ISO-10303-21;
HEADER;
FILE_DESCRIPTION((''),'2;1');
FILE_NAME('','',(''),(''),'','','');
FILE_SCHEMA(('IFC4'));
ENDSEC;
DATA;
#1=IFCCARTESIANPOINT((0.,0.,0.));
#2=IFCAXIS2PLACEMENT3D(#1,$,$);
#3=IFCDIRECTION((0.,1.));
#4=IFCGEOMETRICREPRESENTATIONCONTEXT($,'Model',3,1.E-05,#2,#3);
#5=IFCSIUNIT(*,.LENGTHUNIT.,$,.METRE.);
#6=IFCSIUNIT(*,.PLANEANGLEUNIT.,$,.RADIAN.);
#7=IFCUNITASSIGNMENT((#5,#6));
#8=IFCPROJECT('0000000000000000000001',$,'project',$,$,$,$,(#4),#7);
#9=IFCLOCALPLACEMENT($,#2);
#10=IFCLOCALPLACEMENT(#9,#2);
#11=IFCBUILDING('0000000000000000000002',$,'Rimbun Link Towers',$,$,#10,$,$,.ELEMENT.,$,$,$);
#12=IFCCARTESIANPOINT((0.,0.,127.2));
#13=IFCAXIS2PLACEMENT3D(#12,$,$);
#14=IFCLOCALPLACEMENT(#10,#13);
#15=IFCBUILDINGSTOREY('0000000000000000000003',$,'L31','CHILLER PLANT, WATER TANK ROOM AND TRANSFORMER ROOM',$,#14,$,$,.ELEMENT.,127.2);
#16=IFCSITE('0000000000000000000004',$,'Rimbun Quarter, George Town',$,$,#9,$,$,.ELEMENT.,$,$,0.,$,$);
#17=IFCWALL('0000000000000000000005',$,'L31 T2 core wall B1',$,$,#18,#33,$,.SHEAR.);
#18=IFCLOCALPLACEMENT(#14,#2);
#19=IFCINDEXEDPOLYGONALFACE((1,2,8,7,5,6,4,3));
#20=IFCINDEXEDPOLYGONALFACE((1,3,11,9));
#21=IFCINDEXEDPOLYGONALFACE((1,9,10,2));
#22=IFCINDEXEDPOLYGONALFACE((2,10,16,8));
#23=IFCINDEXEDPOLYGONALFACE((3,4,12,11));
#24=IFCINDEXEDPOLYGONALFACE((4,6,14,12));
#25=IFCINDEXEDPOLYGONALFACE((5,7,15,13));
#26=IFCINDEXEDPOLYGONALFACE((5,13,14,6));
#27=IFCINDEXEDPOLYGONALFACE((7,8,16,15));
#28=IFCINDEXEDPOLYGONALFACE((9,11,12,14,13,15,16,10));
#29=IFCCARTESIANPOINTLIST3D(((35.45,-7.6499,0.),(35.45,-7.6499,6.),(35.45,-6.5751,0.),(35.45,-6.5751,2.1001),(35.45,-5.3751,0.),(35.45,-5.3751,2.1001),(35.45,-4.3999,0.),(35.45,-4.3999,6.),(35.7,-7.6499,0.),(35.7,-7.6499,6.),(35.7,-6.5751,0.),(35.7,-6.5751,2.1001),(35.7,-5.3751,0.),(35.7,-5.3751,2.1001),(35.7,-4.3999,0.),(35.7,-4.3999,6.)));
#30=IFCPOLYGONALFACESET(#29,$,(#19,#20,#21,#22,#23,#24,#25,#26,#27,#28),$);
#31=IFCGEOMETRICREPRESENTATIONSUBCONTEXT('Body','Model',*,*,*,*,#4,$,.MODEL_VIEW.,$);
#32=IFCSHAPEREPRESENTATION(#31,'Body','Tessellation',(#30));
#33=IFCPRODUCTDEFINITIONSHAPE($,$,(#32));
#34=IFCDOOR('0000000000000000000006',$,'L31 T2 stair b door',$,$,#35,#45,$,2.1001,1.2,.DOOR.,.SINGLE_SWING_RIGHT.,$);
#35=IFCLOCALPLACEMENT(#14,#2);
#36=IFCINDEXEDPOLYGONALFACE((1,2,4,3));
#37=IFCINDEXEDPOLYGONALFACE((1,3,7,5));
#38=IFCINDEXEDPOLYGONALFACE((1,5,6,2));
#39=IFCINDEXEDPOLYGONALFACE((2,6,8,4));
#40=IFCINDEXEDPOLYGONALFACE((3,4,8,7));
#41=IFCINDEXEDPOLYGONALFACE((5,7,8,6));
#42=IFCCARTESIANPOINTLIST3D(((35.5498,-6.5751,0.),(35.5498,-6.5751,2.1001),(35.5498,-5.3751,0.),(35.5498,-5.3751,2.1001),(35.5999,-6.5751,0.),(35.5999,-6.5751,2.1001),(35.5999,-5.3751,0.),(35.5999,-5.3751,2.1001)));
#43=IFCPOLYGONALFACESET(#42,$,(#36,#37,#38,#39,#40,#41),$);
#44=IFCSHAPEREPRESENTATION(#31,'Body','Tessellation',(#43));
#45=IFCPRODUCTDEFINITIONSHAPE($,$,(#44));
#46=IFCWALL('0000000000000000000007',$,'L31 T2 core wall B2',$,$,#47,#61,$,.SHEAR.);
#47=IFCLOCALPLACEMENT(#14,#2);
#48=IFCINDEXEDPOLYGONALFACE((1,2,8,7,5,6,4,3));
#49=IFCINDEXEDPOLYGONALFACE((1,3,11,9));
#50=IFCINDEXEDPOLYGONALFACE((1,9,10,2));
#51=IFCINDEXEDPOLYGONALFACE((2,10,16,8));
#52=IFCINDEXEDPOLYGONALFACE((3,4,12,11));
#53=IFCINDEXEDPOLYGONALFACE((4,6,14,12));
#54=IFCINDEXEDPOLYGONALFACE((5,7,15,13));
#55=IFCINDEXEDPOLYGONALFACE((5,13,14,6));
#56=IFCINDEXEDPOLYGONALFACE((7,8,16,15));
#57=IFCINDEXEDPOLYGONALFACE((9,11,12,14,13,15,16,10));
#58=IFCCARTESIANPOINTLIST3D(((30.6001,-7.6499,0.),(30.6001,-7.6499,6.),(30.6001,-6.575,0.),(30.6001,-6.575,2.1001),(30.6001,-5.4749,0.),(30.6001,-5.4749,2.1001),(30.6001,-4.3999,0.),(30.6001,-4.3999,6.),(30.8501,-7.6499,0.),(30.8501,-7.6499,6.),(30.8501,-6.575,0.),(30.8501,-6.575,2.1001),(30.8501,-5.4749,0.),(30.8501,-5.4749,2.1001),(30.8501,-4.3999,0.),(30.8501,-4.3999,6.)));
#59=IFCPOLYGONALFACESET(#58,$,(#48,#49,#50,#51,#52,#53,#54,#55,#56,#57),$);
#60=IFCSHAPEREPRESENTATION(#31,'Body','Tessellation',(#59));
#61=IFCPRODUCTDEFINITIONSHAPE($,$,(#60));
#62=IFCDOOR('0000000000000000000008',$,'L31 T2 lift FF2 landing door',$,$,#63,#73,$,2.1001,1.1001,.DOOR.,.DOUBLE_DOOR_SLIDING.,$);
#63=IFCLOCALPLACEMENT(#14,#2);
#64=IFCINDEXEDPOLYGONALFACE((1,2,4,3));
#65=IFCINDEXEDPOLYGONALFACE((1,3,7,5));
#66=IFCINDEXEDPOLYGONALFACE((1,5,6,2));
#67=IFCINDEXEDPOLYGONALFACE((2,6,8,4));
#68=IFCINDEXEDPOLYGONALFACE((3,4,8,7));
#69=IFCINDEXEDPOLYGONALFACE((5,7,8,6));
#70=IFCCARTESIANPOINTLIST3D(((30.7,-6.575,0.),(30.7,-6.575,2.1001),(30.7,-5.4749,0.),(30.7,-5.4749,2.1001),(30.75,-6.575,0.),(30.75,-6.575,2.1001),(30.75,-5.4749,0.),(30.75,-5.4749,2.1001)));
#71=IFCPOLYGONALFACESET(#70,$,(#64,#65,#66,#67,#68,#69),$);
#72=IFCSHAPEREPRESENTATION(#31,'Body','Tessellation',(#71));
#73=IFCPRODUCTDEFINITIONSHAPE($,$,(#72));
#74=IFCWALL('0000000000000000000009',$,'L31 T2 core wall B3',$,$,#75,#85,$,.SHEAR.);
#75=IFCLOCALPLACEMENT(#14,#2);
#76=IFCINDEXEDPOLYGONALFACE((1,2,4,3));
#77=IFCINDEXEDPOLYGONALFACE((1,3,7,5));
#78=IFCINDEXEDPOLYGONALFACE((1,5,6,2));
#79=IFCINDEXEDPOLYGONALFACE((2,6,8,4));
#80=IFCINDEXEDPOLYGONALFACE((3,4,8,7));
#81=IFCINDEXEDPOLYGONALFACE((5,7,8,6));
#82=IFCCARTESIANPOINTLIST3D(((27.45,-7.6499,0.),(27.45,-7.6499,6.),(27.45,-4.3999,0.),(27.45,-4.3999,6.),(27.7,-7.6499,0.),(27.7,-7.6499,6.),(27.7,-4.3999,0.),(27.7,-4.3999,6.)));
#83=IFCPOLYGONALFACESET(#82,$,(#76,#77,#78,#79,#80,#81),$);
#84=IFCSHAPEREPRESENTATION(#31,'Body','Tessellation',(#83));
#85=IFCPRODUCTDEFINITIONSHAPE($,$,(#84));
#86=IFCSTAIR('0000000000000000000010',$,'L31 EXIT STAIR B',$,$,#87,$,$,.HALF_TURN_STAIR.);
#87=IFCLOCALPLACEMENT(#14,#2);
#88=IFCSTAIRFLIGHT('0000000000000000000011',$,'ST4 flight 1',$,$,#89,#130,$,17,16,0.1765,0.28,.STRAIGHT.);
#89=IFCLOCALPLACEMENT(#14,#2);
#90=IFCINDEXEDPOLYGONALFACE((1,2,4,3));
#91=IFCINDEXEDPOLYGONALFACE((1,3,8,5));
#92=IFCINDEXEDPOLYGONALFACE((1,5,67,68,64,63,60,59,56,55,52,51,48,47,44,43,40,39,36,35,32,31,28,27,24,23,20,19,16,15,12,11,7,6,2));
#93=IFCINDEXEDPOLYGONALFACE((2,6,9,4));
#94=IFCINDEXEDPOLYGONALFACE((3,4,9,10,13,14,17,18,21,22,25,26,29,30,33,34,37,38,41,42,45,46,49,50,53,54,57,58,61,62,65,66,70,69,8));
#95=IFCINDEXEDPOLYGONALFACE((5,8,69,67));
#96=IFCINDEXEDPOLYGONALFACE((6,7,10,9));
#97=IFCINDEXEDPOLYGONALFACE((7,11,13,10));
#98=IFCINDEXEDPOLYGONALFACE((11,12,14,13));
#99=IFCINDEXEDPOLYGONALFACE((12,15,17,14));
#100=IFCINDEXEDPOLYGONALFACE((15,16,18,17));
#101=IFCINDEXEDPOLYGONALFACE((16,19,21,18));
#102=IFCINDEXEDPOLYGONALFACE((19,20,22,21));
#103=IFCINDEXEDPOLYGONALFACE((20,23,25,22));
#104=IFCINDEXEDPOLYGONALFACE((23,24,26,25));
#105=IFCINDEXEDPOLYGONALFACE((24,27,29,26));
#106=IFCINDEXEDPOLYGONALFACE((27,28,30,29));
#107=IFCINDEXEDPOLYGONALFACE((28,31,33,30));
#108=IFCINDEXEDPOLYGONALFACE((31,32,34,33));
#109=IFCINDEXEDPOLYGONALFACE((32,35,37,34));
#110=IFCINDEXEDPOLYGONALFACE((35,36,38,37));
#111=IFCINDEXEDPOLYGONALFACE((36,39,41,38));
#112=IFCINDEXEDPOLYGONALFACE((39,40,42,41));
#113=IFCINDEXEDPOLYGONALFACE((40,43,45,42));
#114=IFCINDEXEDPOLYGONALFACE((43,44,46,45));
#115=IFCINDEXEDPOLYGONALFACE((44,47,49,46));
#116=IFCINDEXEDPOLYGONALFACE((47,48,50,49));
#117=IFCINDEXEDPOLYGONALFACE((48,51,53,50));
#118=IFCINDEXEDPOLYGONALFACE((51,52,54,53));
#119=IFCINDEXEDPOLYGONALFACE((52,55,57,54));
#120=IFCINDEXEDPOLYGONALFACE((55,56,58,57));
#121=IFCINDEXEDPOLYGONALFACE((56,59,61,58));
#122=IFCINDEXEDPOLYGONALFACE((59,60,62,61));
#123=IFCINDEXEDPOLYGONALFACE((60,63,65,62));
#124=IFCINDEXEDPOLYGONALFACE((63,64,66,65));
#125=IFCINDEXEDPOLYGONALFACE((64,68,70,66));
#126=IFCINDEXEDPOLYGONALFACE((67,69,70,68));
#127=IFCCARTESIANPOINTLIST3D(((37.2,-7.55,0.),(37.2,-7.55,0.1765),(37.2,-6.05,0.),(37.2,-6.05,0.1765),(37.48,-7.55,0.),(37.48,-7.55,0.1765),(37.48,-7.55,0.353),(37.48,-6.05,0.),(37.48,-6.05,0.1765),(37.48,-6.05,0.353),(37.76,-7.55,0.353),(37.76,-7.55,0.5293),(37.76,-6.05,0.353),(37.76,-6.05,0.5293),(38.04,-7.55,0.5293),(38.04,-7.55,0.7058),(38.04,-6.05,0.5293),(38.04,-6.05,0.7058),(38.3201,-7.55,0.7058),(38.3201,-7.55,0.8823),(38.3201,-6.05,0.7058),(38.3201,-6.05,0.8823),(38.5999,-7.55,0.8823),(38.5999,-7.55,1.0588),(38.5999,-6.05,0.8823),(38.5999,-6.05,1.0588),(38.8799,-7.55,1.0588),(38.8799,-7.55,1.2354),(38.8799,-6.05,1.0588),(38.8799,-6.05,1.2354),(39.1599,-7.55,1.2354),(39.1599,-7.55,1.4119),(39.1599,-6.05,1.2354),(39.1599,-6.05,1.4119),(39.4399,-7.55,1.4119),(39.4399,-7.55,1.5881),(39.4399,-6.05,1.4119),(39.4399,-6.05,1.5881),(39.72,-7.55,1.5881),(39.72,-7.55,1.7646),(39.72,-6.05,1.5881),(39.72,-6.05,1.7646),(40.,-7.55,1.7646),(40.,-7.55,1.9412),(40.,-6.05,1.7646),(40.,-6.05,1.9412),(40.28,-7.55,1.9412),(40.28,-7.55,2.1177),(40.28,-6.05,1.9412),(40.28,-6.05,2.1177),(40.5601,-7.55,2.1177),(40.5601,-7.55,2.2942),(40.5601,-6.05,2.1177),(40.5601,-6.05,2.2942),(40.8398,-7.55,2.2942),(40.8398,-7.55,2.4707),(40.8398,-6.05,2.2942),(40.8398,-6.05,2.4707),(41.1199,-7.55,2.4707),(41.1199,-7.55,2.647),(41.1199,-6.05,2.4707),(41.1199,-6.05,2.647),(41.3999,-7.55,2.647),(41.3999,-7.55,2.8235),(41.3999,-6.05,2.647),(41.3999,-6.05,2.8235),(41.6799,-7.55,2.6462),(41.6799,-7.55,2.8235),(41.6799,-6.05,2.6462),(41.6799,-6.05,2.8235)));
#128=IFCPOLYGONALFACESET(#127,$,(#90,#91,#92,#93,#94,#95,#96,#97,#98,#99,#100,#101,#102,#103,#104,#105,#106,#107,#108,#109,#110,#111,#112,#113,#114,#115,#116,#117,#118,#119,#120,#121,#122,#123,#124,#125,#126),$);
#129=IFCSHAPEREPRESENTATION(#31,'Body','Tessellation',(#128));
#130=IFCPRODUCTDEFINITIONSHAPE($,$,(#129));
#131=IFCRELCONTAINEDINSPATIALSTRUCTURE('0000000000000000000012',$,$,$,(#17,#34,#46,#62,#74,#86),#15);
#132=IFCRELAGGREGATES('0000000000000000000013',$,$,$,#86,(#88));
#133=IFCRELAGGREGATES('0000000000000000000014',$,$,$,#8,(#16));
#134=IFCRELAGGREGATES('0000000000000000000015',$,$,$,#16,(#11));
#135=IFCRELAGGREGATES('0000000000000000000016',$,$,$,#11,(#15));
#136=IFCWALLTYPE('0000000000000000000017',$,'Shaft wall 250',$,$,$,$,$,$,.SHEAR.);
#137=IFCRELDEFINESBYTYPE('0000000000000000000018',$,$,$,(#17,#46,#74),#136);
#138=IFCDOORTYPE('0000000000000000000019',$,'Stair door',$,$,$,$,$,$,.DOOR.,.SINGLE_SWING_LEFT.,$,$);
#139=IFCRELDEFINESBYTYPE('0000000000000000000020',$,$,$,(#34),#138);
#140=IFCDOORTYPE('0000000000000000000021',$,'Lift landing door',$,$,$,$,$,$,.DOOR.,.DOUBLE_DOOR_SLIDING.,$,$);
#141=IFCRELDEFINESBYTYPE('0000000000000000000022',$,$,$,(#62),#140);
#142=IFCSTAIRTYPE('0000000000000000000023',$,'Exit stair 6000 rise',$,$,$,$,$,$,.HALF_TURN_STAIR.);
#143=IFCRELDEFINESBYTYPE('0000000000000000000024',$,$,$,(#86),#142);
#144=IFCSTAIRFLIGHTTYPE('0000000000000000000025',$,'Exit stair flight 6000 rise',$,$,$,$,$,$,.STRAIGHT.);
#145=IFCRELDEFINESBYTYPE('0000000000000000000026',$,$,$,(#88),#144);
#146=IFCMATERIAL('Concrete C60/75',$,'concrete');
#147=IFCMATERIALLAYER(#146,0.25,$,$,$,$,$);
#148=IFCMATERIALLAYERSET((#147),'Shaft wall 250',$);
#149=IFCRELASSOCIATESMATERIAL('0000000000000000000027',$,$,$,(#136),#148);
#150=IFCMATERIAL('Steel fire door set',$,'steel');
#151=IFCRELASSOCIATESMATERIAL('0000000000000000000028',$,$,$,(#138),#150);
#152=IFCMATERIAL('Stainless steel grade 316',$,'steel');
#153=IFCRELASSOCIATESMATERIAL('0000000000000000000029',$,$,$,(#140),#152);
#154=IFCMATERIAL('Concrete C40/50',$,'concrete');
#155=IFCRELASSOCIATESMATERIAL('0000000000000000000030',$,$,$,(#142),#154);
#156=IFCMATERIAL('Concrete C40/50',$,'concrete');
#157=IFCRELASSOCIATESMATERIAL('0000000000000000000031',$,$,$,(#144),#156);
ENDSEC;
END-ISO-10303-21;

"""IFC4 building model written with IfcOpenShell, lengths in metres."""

from ifc_helpers import new_model, si_unit, direction, frame, frame_2d, origin, place, context, subcontext, project, spatial, polyline, rectangle, outline, extrude, material, layer, layer_set, type_object, element, fill, aggregate, save


model = new_model("IFC4")

# Units and contexts
model_context = context("Model", 3, precision=1e-05, world=origin(), true_north=direction((0.0, 1.0)))
body_context = subcontext(model_context, "Body", "Model", "MODEL_VIEW")
ifc_project = project(units=[si_unit("LENGTHUNIT", "METRE"), si_unit("PLANEANGLEUNIT", "RADIAN")], contexts=[model_context])

# Site, building, storey
site_placement = place(None, origin())
site = spatial("IfcSite", under=ifc_project, at=site_placement, Name="Rimbun Quarter, George Town", CompositionType="ELEMENT", RefElevation=0.0)
building_placement = place(site_placement, origin())
building = spatial("IfcBuilding", under=site, at=building_placement, Name="Rimbun Link Towers", CompositionType="ELEMENT")
storey_placement = place(building_placement, frame((0.0, 0.0, 127.2)))
storey = spatial("IfcBuildingStorey", under=building, at=storey_placement, Name="L31", Description="CHILLER PLANT, WATER TANK ROOM AND TRANSFORMER ROOM", CompositionType="ELEMENT", Elevation=127.2)

# Shared definitions
ifc_material_1 = material(Name="Concrete C60/75", Category="concrete")
ifc_layer_1 = layer(ifc_material_1, 0.25)
ifc_layer_set_1 = layer_set([ifc_layer_1], Name="Shaft wall 250")
wall_type_1 = type_object("IfcWallType", Name="Shaft wall 250", PredefinedType="SHEAR", material=ifc_layer_set_1)

# Walls, openings, doors
wall_1_placement = place(storey_placement, frame((35.575, -4.3999, 0.0), z_axis=(0.0, 0.0, 1.0), x_axis=(0.0, -1.0, 0.0)))
wall_1 = element("IfcWall", 1, at=wall_1_placement, inside=storey, type_object=wall_type_1, Name="L31 T2 core wall B1", PredefinedType="SHEAR", context=body_context, shape_type="SweptSolid", body=[
    extrude(rectangle(XDim=3.25, YDim=0.25, at=frame_2d((1.625, 0.0))), origin(), (0.0, 0.0, 1.0), 6.0),
])
opening_1_placement = place(wall_1_placement, frame((0.9751, 0.0, 0.0)))
opening_1 = element("IfcOpeningElement", 2, at=opening_1_placement, cuts=wall_1, PredefinedType="OPENING", context=body_context, shape_type="SweptSolid", body=[
    extrude(rectangle(XDim=1.2, YDim=2.1001, at=frame_2d((0.6001, 1.05))), frame((0.0, 0.135, 0.0), z_axis=(0.0, -1.0, 0.0), x_axis=(1.0, 0.0, 0.0)), (0.0, 0.0, 1.0), 0.27),
])
ifc_material_2 = material(Name="Steel fire door set", Category="steel")
door_type_1 = type_object("IfcDoorType", Name="Stair door", OperationType="SINGLE_SWING_LEFT", PredefinedType="DOOR", material=ifc_material_2)
door_1_placement = place(opening_1_placement, origin())
door_1 = element("IfcDoor", 3, at=door_1_placement, inside=storey, type_object=door_type_1, Name="L31 T2 stair b door", OperationType="SINGLE_SWING_RIGHT", OverallHeight=2.1001, OverallWidth=1.2, PredefinedType="DOOR", context=body_context, shape_type="SweptSolid", body=[
    extrude(rectangle(XDim=1.2, YDim=2.1001, at=frame_2d((0.6001, 1.05))), frame((0.0, 0.0249, 0.0), z_axis=(0.0, -1.0, 0.0), x_axis=(1.0, 0.0, 0.0)), (0.0, 0.0, 1.0), 0.05),
])
fill(opening_1, door_1)
wall_2_placement = place(storey_placement, frame((30.7251, -4.3999, 0.0), z_axis=(0.0, 0.0, 1.0), x_axis=(0.0, -1.0, 0.0)))
wall_2 = element("IfcWall", 4, at=wall_2_placement, inside=storey, type_object=wall_type_1, Name="L31 T2 core wall B2", PredefinedType="SHEAR", context=body_context, shape_type="SweptSolid", body=[
    extrude(rectangle(XDim=3.25, YDim=0.25, at=frame_2d((1.625, 0.0))), origin(), (0.0, 0.0, 1.0), 6.0),
])
opening_2_placement = place(wall_2_placement, frame((1.075, 0.0, 0.0)))
opening_2 = element("IfcOpeningElement", 5, at=opening_2_placement, cuts=wall_2, PredefinedType="OPENING", context=body_context, shape_type="SweptSolid", body=[
    extrude(rectangle(XDim=1.1001, YDim=2.1001, at=frame_2d((0.55, 1.05))), frame((0.0, 0.135, 0.0), z_axis=(0.0, -1.0, 0.0), x_axis=(1.0, 0.0, 0.0)), (0.0, 0.0, 1.0), 0.27),
])
ifc_material_3 = material(Name="Stainless steel grade 316", Category="steel")
door_type_2 = type_object("IfcDoorType", Name="Lift landing door", OperationType="DOUBLE_DOOR_SLIDING", PredefinedType="DOOR", material=ifc_material_3)
door_2_placement = place(opening_2_placement, origin())
door_2 = element("IfcDoor", 6, at=door_2_placement, inside=storey, type_object=door_type_2, Name="L31 T2 lift FF2 landing door", OperationType="DOUBLE_DOOR_SLIDING", OverallHeight=2.1001, OverallWidth=1.1001, PredefinedType="DOOR", context=body_context, shape_type="SweptSolid", body=[
    extrude(rectangle(XDim=1.1001, YDim=2.1001, at=frame_2d((0.55, 1.05))), frame((0.0, 0.0249, 0.0), z_axis=(0.0, -1.0, 0.0), x_axis=(1.0, 0.0, 0.0)), (0.0, 0.0, 1.0), 0.05),
])
fill(opening_2, door_2)

# Wall
wall_3_placement = place(storey_placement, frame((27.575, -4.3999, 0.0), z_axis=(0.0, 0.0, 1.0), x_axis=(0.0, -1.0, 0.0)))
element("IfcWall", 7, at=wall_3_placement, inside=storey, type_object=wall_type_1, Name="L31 T2 core wall B3", PredefinedType="SHEAR", context=body_context, shape_type="SweptSolid", body=[
    extrude(rectangle(XDim=3.25, YDim=0.25, at=frame_2d((1.625, 0.0))), origin(), (0.0, 0.0, 1.0), 6.0),
])

# Stair, stair flight
ifc_material_4 = material(Name="Concrete C40/50", Category="concrete")
stair_type = type_object("IfcStairType", Name="Exit stair 6000 rise", PredefinedType="HALF_TURN_STAIR", material=ifc_material_4)
stair_placement = place(storey_placement, origin())
stair = element("IfcStair", 8, at=stair_placement, inside=storey, type_object=stair_type, Name="L31 EXIT STAIR B", PredefinedType="HALF_TURN_STAIR")
ifc_material_5 = material(Name="Concrete C40/50", Category="concrete")
stair_flight_type = type_object("IfcStairFlightType", Name="Exit stair flight 6000 rise", PredefinedType="STRAIGHT", material=ifc_material_5)
stair_flight_placement = place(storey_placement, frame((37.2, -6.8, 0.0), z_axis=(0.0, 0.0, 1.0), x_axis=(1.0, 0.0, 0.0)))
stair_flight = element("IfcStairFlight", 9, at=stair_flight_placement, type_object=stair_flight_type, Name="ST4 flight 1", NumberOfRisers=17, NumberOfTreads=16, PredefinedType="STRAIGHT", RiserHeight=0.1765, TreadLength=0.28, context=body_context, shape_type="SweptSolid", body=[
    extrude(outline(polyline([(0.0, 0.0), (0.0, 0.1765), (0.28, 0.1765), (0.28, 0.353), (0.5601, 0.353), (0.5601, 0.5293), (0.8401, 0.5293), (0.8401, 0.7058), (1.1201, 0.7058), (1.1201, 0.8823), (1.3999, 0.8823), (1.3999, 1.0588), (1.6799, 1.0588), (1.6799, 1.2354), (1.96, 1.2354), (1.96, 1.4119), (2.24, 1.4119), (2.24, 1.5881), (2.52, 1.5881), (2.52, 1.7646), (2.8, 1.7646), (2.8, 1.9412), (3.0801, 1.9412), (3.0801, 2.1177), (3.3601, 2.1177), (3.3601, 2.2942), (3.6399, 2.2942), (3.6399, 2.4707), (3.9199, 2.4707), (3.9199, 2.647), (4.2, 2.647), (4.2, 2.8235), (4.48, 2.8235), (4.48, 3.0), (4.48, 2.6462), (0.28, 0.0), (0.0, 0.0)])), frame((0.0, 0.75, 0.0), z_axis=(0.0, -1.0, 0.0), x_axis=(1.0, 0.0, 0.0)), (0.0, 0.0, 1.0), 1.5),
])
aggregate(stair, [stair_flight])

save(model, "model.ifc")
